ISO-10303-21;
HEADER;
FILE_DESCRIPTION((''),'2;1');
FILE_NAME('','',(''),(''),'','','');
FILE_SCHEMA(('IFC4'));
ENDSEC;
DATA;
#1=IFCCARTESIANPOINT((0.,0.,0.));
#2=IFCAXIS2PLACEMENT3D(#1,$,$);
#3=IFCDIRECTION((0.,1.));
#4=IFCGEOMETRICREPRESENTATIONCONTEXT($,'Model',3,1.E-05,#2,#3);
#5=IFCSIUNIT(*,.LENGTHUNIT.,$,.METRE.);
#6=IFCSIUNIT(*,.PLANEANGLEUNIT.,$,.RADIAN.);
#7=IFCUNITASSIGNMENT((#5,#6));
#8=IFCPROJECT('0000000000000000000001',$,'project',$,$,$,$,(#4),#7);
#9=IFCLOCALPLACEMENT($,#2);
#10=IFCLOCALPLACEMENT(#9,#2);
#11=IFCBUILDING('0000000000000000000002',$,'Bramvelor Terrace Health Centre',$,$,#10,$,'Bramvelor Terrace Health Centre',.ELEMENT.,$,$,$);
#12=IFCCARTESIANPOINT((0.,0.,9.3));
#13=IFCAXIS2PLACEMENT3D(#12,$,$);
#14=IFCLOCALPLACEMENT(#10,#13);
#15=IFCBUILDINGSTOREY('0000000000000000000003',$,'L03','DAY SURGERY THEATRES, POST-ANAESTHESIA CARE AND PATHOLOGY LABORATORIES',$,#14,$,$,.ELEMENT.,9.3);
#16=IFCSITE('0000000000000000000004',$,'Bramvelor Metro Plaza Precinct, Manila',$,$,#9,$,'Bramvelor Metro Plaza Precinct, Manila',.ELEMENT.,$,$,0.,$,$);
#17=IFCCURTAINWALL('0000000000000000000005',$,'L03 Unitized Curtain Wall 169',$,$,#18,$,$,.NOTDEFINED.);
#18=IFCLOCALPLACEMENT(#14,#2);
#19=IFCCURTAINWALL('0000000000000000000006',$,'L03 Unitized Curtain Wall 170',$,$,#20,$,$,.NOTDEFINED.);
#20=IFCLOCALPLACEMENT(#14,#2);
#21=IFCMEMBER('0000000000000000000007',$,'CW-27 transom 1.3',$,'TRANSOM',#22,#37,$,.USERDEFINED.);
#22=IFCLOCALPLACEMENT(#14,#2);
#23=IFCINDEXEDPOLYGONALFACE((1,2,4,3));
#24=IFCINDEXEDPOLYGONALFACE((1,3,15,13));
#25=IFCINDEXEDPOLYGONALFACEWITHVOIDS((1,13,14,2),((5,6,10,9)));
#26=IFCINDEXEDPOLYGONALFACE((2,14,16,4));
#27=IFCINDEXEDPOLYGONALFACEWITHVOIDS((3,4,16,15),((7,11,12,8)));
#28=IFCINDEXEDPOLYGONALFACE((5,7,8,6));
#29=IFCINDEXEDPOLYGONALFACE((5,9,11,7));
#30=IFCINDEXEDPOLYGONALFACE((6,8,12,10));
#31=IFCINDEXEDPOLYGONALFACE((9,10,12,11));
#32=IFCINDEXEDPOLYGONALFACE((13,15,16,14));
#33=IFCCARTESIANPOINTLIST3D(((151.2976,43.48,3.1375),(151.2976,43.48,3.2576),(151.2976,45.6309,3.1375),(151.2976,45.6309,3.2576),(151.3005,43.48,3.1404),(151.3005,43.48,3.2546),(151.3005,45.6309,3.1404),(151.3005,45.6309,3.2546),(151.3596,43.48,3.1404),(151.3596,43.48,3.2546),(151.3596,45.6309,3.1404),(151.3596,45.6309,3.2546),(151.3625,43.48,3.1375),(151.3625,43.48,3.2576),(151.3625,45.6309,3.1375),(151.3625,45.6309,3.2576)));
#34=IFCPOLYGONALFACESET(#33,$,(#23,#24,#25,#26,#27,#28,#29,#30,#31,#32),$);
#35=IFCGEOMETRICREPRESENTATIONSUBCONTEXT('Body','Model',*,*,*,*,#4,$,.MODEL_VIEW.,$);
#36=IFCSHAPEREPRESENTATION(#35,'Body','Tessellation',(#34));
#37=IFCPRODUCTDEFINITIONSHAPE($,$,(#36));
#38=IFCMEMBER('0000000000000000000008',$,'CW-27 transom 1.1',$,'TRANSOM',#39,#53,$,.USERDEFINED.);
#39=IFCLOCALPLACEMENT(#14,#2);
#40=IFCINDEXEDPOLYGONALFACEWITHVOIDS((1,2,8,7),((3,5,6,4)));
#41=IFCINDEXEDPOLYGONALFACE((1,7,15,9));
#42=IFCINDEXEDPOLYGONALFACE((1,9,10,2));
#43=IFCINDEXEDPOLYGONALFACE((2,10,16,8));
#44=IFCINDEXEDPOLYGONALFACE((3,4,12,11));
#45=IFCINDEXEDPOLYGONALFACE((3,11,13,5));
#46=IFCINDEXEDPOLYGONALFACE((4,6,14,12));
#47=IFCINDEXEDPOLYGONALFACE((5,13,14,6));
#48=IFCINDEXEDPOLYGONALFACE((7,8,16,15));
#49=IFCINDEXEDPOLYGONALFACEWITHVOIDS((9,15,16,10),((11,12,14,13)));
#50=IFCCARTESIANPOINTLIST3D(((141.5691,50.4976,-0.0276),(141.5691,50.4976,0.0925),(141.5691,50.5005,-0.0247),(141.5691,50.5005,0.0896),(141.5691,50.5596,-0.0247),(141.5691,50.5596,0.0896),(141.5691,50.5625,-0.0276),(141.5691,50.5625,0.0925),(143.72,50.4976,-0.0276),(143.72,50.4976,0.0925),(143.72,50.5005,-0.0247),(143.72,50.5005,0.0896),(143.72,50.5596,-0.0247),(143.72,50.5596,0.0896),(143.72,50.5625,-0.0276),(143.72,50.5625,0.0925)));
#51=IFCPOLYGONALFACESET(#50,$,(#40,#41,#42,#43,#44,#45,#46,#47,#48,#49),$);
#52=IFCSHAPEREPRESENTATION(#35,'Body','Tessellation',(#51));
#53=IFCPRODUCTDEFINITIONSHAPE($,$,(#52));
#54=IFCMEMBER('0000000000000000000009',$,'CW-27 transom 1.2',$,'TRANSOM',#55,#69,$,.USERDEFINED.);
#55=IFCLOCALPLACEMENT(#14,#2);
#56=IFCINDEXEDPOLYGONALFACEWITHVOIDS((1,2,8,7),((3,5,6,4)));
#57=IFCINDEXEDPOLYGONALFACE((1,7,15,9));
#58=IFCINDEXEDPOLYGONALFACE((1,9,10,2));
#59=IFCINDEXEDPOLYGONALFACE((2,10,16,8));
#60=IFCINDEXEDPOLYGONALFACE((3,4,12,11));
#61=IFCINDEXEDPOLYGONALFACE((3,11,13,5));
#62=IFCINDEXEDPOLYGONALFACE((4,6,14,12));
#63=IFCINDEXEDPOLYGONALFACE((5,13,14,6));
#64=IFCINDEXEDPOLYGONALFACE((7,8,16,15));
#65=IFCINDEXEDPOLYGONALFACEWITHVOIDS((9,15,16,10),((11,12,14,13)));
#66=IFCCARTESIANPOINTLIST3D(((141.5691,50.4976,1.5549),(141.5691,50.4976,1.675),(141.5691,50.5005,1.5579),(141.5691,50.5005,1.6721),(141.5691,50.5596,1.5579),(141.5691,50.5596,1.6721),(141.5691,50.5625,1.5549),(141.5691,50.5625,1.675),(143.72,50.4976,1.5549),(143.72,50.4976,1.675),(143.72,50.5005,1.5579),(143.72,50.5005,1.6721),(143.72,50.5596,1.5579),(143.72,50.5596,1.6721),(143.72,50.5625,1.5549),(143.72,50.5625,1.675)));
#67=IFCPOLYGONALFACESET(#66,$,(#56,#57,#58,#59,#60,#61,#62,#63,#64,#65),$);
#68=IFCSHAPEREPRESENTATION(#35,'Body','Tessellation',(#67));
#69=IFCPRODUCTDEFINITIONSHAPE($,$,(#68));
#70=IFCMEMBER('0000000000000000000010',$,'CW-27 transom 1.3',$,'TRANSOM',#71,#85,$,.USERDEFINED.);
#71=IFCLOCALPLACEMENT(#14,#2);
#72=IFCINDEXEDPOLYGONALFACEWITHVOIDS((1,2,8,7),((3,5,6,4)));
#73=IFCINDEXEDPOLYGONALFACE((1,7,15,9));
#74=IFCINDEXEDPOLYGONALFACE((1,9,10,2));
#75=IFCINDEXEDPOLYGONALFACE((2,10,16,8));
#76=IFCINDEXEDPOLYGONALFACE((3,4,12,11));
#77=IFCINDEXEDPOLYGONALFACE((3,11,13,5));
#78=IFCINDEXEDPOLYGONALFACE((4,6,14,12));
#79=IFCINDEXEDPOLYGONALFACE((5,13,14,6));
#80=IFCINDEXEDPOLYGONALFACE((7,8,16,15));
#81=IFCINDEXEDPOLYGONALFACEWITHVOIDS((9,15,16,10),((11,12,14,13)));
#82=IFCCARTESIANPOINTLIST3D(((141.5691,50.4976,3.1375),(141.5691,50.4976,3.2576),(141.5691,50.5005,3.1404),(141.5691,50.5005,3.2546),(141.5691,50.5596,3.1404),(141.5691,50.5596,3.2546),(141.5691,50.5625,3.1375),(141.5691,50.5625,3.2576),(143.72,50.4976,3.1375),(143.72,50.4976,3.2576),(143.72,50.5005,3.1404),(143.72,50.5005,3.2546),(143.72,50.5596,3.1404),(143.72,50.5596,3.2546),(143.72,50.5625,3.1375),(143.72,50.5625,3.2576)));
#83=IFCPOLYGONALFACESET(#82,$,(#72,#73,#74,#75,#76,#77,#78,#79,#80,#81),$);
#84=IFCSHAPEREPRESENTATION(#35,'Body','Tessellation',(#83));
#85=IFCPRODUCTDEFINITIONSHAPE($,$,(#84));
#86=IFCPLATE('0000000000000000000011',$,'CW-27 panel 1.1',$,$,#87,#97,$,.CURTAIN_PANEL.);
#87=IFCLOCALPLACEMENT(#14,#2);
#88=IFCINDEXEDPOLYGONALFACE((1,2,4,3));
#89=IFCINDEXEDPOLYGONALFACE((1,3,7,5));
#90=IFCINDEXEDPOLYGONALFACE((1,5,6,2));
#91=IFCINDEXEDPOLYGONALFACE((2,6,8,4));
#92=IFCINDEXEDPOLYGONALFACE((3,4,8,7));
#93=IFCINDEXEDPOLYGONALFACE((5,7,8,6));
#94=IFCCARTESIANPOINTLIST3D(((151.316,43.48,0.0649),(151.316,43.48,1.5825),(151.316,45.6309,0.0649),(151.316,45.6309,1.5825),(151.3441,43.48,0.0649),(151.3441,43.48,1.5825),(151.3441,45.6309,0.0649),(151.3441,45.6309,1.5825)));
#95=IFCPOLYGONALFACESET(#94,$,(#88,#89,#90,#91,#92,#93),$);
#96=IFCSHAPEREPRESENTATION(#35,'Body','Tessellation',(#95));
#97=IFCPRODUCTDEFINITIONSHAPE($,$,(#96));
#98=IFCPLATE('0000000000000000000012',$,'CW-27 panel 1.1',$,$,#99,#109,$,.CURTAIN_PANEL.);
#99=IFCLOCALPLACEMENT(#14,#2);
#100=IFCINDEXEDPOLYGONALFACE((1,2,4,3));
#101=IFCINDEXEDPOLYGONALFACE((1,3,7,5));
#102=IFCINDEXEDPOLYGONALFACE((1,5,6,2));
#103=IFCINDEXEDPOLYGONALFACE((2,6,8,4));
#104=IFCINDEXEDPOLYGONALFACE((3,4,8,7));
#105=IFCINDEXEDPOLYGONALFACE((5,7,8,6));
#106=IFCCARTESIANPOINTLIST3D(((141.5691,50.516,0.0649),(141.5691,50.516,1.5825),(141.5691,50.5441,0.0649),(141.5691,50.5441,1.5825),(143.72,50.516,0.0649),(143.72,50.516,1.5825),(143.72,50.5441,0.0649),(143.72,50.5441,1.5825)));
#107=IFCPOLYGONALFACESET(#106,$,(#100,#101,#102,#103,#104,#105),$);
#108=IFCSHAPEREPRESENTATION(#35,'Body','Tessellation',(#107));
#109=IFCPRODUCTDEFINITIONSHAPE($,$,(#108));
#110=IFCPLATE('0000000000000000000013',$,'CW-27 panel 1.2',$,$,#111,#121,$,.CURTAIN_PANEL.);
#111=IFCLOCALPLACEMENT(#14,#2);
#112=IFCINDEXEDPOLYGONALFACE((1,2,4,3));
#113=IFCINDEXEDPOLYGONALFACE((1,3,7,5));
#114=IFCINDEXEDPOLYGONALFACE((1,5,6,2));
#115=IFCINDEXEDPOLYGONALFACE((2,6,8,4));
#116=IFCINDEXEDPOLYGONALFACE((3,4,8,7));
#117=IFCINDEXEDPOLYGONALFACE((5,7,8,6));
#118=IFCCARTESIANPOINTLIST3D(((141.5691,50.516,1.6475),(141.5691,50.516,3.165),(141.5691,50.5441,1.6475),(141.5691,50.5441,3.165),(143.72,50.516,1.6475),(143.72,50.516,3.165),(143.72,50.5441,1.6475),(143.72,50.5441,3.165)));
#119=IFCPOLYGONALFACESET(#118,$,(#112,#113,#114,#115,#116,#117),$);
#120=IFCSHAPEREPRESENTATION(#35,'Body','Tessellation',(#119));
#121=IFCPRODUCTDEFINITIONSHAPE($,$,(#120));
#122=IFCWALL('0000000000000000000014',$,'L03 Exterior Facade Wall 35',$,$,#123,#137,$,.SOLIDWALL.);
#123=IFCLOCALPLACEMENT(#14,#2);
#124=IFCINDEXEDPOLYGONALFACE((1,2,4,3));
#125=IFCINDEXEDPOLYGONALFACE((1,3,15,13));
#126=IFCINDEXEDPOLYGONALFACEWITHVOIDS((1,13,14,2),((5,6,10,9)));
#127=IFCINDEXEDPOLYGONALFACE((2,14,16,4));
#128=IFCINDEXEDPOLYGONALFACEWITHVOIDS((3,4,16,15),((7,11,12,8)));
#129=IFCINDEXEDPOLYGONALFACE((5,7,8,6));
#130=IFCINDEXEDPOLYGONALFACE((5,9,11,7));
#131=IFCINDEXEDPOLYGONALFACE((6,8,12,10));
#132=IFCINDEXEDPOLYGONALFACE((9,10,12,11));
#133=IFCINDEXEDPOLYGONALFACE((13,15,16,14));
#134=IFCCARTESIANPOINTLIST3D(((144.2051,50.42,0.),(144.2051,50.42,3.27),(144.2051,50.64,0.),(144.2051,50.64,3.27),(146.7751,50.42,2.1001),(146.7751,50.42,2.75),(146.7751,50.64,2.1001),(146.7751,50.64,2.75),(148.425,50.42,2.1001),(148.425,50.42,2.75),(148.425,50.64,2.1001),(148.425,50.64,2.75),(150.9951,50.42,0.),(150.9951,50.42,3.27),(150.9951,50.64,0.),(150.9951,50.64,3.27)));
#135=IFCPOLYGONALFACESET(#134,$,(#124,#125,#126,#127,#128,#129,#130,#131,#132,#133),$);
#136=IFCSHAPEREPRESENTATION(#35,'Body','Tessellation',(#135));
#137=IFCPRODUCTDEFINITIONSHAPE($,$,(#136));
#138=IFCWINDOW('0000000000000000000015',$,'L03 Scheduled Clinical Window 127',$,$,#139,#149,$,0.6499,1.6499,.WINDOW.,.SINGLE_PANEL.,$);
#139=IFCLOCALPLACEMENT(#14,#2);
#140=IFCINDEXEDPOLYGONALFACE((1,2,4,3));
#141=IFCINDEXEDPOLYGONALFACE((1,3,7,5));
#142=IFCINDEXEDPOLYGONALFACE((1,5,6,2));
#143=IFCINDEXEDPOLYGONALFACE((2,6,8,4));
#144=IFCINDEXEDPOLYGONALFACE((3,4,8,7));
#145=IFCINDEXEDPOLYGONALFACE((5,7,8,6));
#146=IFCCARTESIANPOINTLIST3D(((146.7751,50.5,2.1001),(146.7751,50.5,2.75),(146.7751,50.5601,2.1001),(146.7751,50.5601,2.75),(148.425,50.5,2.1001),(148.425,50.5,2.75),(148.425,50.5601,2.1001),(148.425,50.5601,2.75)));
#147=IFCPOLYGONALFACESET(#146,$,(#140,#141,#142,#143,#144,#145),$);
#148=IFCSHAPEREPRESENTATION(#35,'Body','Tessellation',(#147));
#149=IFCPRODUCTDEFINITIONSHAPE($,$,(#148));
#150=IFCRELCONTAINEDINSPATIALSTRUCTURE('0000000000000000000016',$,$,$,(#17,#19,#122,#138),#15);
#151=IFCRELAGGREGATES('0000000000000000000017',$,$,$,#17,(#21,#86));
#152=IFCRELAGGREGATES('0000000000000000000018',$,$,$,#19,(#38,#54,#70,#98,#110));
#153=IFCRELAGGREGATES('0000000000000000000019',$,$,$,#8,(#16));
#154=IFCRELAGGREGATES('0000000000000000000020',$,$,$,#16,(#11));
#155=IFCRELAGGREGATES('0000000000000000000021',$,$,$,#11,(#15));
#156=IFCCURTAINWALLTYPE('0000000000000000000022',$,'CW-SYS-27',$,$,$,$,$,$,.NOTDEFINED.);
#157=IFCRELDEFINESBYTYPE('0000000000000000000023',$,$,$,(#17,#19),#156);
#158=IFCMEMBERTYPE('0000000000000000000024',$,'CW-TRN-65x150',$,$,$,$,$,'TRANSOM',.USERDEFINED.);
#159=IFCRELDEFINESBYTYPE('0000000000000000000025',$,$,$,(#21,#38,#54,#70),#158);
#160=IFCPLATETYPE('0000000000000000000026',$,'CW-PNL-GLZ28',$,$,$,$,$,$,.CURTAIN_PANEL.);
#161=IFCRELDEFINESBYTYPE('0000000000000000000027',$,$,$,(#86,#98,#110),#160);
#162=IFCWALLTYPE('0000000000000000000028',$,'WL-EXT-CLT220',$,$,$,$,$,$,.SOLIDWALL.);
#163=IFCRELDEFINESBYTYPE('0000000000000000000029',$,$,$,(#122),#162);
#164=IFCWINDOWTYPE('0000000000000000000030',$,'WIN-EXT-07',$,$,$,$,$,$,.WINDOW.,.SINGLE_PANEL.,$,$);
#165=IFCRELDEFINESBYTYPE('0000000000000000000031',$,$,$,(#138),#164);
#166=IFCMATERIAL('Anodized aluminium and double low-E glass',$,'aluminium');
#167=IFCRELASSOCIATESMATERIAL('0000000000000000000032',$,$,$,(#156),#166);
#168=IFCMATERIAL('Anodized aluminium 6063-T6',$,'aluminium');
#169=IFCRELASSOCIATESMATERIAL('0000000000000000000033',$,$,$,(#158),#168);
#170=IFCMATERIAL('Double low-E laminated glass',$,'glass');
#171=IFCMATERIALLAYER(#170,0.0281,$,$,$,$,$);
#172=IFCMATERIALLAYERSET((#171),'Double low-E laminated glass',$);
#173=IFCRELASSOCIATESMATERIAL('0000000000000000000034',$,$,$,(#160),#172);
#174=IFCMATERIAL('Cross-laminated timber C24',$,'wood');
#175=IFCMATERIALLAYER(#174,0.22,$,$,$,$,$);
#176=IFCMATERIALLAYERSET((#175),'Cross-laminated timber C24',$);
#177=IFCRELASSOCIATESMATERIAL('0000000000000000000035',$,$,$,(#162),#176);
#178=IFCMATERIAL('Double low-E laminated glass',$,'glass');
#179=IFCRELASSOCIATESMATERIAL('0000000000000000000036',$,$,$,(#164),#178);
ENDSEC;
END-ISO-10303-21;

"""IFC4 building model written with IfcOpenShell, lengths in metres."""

from ifc_helpers import new_model, si_unit, direction, frame, frame_2d, origin, origin_2d, place, context, subcontext, project, spatial, rectangle, hollow_rectangle, extrude, material, layer, layer_set, material_profile, profile_set, type_object, element, fill, aggregate, save


model = new_model("IFC4")

# Units and contexts
model_context = context("Model", 3, precision=1e-05, world=origin(), true_north=direction((0.0, 1.0)))
body_context = subcontext(model_context, "Body", "Model", "MODEL_VIEW")
ifc_project = project(units=[si_unit("LENGTHUNIT", "METRE"), si_unit("PLANEANGLEUNIT", "RADIAN")], contexts=[model_context])

# Site, building, storey
site_placement = place(None, origin())
site = spatial("IfcSite", under=ifc_project, at=site_placement, Name="Bramvelor Metro Plaza Precinct, Manila", LongName="Bramvelor Metro Plaza Precinct, Manila", CompositionType="ELEMENT", RefElevation=0.0)
building_placement = place(site_placement, origin())
building = spatial("IfcBuilding", under=site, at=building_placement, Name="Bramvelor Terrace Health Centre", LongName="Bramvelor Terrace Health Centre", CompositionType="ELEMENT")
storey_placement = place(building_placement, frame((0.0, 0.0, 9.3)))
storey = spatial("IfcBuildingStorey", under=building, at=storey_placement, Name="L03", Description="DAY SURGERY THEATRES, POST-ANAESTHESIA CARE AND PATHOLOGY LABORATORIES", CompositionType="ELEMENT", Elevation=9.3)

# Curtain wall
ifc_material_1 = material(Name="Anodized aluminium and double low-E glass", Category="aluminium")
curtain_wall_type = type_object("IfcCurtainWallType", Name="CW-SYS-27", PredefinedType="NOTDEFINED", material=ifc_material_1)
curtain_wall_1_placement = place(storey_placement, origin())
curtain_wall_1 = element("IfcCurtainWall", 1, at=curtain_wall_1_placement, inside=storey, type_object=curtain_wall_type, Name="L03 Unitized Curtain Wall 169", PredefinedType="NOTDEFINED")

# Curtain wall
curtain_wall_2_placement = place(storey_placement, origin())
curtain_wall_2 = element("IfcCurtainWall", 2, at=curtain_wall_2_placement, inside=storey, type_object=curtain_wall_type, Name="L03 Unitized Curtain Wall 170", PredefinedType="NOTDEFINED")

# Members
ifc_material_2 = material(Name="Anodized aluminium 6063-T6", Category="aluminium")
ifc_material_profile_1 = material_profile(ifc_material_2, hollow_rectangle(XDim=0.0649, YDim=0.1201, WallThickness=0.0029, at=origin_2d()), Name="ALU-TRN 65x120x3.0")
ifc_profile_set_1 = profile_set([ifc_material_profile_1], Name="Anodized aluminium 6063-T6")
member_type_1 = type_object("IfcMemberType", Name="CW-TRN-65x150", ElementType="TRANSOM", PredefinedType="USERDEFINED", material=ifc_profile_set_1)
member_1_placement = place(storey_placement, frame((151.3301, 43.48, 3.1975), z_axis=(0.0, 1.0, 0.0), x_axis=(-1.0, 0.0, 0.0)))
member_1 = element("IfcMember", 3, at=member_1_placement, type_object=member_type_1, Name="CW-27 transom 1.3", ObjectType="TRANSOM", PredefinedType="USERDEFINED", context=body_context, shape_type="SweptSolid", body=[
    extrude(hollow_rectangle(XDim=0.0649, YDim=0.1201, WallThickness=0.0029, at=origin_2d()), origin(), (0.0, 0.0, 1.0), 2.1509),
])
member_2_placement = place(storey_placement, frame((143.72, 50.53, 0.0325), z_axis=(-1.0, 0.0, 0.0), x_axis=(0.0, -1.0, 0.0)))
member_2 = element("IfcMember", 4, at=member_2_placement, type_object=member_type_1, Name="CW-27 transom 1.1", ObjectType="TRANSOM", PredefinedType="USERDEFINED", context=body_context, shape_type="SweptSolid", body=[
    extrude(hollow_rectangle(XDim=0.0649, YDim=0.1201, WallThickness=0.0029, at=origin_2d()), origin(), (0.0, 0.0, 1.0), 2.1509),
])
member_3_placement = place(storey_placement, frame((143.72, 50.53, 1.615), z_axis=(-1.0, 0.0, 0.0), x_axis=(0.0, -1.0, 0.0)))
member_3 = element("IfcMember", 5, at=member_3_placement, type_object=member_type_1, Name="CW-27 transom 1.2", ObjectType="TRANSOM", PredefinedType="USERDEFINED", context=body_context, shape_type="SweptSolid", body=[
    extrude(hollow_rectangle(XDim=0.0649, YDim=0.1201, WallThickness=0.0029, at=origin_2d()), origin(), (0.0, 0.0, 1.0), 2.1509),
])
member_4_placement = place(storey_placement, frame((143.72, 50.53, 3.1975), z_axis=(-1.0, 0.0, 0.0), x_axis=(0.0, -1.0, 0.0)))
member_4 = element("IfcMember", 6, at=member_4_placement, type_object=member_type_1, Name="CW-27 transom 1.3", ObjectType="TRANSOM", PredefinedType="USERDEFINED", context=body_context, shape_type="SweptSolid", body=[
    extrude(hollow_rectangle(XDim=0.0649, YDim=0.1201, WallThickness=0.0029, at=origin_2d()), origin(), (0.0, 0.0, 1.0), 2.1509),
])

# Plates
ifc_material_3 = material(Name="Double low-E laminated glass", Category="glass")
ifc_layer_1 = layer(ifc_material_3, 0.0281)
ifc_layer_set_1 = layer_set([ifc_layer_1], Name="Double low-E laminated glass")
plate_type = type_object("IfcPlateType", Name="CW-PNL-GLZ28", PredefinedType="CURTAIN_PANEL", material=ifc_layer_set_1)
plate_1_placement = place(storey_placement, frame((151.3301, 44.5554, 0.0649), z_axis=(0.0, 0.0, 1.0), x_axis=(0.0, 1.0, 0.0)))
plate_1 = element("IfcPlate", 7, at=plate_1_placement, type_object=plate_type, Name="CW-27 panel 1.1", PredefinedType="CURTAIN_PANEL", context=body_context, shape_type="SweptSolid", body=[
    extrude(rectangle(XDim=2.1509, YDim=0.0281, at=origin_2d()), origin(), (0.0, 0.0, 1.0), 1.5176),
])
aggregate(curtain_wall_1, [member_1, plate_1])
plate_2_placement = place(storey_placement, frame((142.6445, 50.53, 0.0649), z_axis=(0.0, 0.0, 1.0), x_axis=(-1.0, 0.0, 0.0)))
plate_2 = element("IfcPlate", 8, at=plate_2_placement, type_object=plate_type, Name="CW-27 panel 1.1", PredefinedType="CURTAIN_PANEL", context=body_context, shape_type="SweptSolid", body=[
    extrude(rectangle(XDim=2.1509, YDim=0.0281, at=origin_2d()), origin(), (0.0, 0.0, 1.0), 1.5176),
])
plate_3_placement = place(storey_placement, frame((142.6445, 50.53, 1.6475), z_axis=(0.0, 0.0, 1.0), x_axis=(-1.0, 0.0, 0.0)))
plate_3 = element("IfcPlate", 9, at=plate_3_placement, type_object=plate_type, Name="CW-27 panel 1.2", PredefinedType="CURTAIN_PANEL", context=body_context, shape_type="SweptSolid", body=[
    extrude(rectangle(XDim=2.1509, YDim=0.0281, at=origin_2d()), origin(), (0.0, 0.0, 1.0), 1.5176),
])
aggregate(curtain_wall_2, [member_2, member_3, member_4, plate_2, plate_3])

# Wall, opening, window
ifc_material_4 = material(Name="Cross-laminated timber C24", Category="wood")
ifc_layer_2 = layer(ifc_material_4, 0.22)
ifc_layer_set_2 = layer_set([ifc_layer_2], Name="Cross-laminated timber C24")
wall_type = type_object("IfcWallType", Name="WL-EXT-CLT220", PredefinedType="SOLIDWALL", material=ifc_layer_set_2)
wall_placement = place(storey_placement, frame((150.9951, 50.53, 0.0), z_axis=(0.0, 0.0, 1.0), x_axis=(-1.0, 0.0, 0.0)))
wall = element("IfcWall", 10, at=wall_placement, inside=storey, type_object=wall_type, Name="L03 Exterior Facade Wall 35", PredefinedType="SOLIDWALL", context=body_context, shape_type="SweptSolid", body=[
    extrude(rectangle(XDim=6.79, YDim=0.22, at=frame_2d((3.395, 0.0))), origin(), (0.0, 0.0, 1.0), 3.27),
])
opening_placement = place(wall_placement, frame((2.5701, 0.0, 2.1001)))
opening = element("IfcOpeningElement", 11, at=opening_placement, cuts=wall, PredefinedType="OPENING", context=body_context, shape_type="SweptSolid", body=[
    extrude(rectangle(XDim=1.6499, YDim=0.6499, at=frame_2d((0.825, 0.325))), frame((0.0, 0.1199, 0.0), z_axis=(0.0, -1.0, 0.0), x_axis=(1.0, 0.0, 0.0)), (0.0, 0.0, 1.0), 0.24),
])
ifc_material_5 = material(Name="Double low-E laminated glass", Category="glass")
window_type = type_object("IfcWindowType", Name="WIN-EXT-07", PartitioningType="SINGLE_PANEL", PredefinedType="WINDOW", material=ifc_material_5)
window_placement = place(opening_placement, origin())
window = element("IfcWindow", 12, at=window_placement, inside=storey, type_object=window_type, Name="L03 Scheduled Clinical Window 127", OverallHeight=0.6499, OverallWidth=1.6499, PartitioningType="SINGLE_PANEL", PredefinedType="WINDOW", context=body_context, shape_type="SweptSolid", body=[
    extrude(rectangle(XDim=1.6499, YDim=0.6499, at=frame_2d((0.825, 0.325))), frame((0.0, 0.03, 0.0), z_axis=(0.0, -1.0, 0.0), x_axis=(1.0, 0.0, 0.0)), (0.0, 0.0, 1.0), 0.0601),
])
fill(opening, window)

save(model, "model.ifc")
